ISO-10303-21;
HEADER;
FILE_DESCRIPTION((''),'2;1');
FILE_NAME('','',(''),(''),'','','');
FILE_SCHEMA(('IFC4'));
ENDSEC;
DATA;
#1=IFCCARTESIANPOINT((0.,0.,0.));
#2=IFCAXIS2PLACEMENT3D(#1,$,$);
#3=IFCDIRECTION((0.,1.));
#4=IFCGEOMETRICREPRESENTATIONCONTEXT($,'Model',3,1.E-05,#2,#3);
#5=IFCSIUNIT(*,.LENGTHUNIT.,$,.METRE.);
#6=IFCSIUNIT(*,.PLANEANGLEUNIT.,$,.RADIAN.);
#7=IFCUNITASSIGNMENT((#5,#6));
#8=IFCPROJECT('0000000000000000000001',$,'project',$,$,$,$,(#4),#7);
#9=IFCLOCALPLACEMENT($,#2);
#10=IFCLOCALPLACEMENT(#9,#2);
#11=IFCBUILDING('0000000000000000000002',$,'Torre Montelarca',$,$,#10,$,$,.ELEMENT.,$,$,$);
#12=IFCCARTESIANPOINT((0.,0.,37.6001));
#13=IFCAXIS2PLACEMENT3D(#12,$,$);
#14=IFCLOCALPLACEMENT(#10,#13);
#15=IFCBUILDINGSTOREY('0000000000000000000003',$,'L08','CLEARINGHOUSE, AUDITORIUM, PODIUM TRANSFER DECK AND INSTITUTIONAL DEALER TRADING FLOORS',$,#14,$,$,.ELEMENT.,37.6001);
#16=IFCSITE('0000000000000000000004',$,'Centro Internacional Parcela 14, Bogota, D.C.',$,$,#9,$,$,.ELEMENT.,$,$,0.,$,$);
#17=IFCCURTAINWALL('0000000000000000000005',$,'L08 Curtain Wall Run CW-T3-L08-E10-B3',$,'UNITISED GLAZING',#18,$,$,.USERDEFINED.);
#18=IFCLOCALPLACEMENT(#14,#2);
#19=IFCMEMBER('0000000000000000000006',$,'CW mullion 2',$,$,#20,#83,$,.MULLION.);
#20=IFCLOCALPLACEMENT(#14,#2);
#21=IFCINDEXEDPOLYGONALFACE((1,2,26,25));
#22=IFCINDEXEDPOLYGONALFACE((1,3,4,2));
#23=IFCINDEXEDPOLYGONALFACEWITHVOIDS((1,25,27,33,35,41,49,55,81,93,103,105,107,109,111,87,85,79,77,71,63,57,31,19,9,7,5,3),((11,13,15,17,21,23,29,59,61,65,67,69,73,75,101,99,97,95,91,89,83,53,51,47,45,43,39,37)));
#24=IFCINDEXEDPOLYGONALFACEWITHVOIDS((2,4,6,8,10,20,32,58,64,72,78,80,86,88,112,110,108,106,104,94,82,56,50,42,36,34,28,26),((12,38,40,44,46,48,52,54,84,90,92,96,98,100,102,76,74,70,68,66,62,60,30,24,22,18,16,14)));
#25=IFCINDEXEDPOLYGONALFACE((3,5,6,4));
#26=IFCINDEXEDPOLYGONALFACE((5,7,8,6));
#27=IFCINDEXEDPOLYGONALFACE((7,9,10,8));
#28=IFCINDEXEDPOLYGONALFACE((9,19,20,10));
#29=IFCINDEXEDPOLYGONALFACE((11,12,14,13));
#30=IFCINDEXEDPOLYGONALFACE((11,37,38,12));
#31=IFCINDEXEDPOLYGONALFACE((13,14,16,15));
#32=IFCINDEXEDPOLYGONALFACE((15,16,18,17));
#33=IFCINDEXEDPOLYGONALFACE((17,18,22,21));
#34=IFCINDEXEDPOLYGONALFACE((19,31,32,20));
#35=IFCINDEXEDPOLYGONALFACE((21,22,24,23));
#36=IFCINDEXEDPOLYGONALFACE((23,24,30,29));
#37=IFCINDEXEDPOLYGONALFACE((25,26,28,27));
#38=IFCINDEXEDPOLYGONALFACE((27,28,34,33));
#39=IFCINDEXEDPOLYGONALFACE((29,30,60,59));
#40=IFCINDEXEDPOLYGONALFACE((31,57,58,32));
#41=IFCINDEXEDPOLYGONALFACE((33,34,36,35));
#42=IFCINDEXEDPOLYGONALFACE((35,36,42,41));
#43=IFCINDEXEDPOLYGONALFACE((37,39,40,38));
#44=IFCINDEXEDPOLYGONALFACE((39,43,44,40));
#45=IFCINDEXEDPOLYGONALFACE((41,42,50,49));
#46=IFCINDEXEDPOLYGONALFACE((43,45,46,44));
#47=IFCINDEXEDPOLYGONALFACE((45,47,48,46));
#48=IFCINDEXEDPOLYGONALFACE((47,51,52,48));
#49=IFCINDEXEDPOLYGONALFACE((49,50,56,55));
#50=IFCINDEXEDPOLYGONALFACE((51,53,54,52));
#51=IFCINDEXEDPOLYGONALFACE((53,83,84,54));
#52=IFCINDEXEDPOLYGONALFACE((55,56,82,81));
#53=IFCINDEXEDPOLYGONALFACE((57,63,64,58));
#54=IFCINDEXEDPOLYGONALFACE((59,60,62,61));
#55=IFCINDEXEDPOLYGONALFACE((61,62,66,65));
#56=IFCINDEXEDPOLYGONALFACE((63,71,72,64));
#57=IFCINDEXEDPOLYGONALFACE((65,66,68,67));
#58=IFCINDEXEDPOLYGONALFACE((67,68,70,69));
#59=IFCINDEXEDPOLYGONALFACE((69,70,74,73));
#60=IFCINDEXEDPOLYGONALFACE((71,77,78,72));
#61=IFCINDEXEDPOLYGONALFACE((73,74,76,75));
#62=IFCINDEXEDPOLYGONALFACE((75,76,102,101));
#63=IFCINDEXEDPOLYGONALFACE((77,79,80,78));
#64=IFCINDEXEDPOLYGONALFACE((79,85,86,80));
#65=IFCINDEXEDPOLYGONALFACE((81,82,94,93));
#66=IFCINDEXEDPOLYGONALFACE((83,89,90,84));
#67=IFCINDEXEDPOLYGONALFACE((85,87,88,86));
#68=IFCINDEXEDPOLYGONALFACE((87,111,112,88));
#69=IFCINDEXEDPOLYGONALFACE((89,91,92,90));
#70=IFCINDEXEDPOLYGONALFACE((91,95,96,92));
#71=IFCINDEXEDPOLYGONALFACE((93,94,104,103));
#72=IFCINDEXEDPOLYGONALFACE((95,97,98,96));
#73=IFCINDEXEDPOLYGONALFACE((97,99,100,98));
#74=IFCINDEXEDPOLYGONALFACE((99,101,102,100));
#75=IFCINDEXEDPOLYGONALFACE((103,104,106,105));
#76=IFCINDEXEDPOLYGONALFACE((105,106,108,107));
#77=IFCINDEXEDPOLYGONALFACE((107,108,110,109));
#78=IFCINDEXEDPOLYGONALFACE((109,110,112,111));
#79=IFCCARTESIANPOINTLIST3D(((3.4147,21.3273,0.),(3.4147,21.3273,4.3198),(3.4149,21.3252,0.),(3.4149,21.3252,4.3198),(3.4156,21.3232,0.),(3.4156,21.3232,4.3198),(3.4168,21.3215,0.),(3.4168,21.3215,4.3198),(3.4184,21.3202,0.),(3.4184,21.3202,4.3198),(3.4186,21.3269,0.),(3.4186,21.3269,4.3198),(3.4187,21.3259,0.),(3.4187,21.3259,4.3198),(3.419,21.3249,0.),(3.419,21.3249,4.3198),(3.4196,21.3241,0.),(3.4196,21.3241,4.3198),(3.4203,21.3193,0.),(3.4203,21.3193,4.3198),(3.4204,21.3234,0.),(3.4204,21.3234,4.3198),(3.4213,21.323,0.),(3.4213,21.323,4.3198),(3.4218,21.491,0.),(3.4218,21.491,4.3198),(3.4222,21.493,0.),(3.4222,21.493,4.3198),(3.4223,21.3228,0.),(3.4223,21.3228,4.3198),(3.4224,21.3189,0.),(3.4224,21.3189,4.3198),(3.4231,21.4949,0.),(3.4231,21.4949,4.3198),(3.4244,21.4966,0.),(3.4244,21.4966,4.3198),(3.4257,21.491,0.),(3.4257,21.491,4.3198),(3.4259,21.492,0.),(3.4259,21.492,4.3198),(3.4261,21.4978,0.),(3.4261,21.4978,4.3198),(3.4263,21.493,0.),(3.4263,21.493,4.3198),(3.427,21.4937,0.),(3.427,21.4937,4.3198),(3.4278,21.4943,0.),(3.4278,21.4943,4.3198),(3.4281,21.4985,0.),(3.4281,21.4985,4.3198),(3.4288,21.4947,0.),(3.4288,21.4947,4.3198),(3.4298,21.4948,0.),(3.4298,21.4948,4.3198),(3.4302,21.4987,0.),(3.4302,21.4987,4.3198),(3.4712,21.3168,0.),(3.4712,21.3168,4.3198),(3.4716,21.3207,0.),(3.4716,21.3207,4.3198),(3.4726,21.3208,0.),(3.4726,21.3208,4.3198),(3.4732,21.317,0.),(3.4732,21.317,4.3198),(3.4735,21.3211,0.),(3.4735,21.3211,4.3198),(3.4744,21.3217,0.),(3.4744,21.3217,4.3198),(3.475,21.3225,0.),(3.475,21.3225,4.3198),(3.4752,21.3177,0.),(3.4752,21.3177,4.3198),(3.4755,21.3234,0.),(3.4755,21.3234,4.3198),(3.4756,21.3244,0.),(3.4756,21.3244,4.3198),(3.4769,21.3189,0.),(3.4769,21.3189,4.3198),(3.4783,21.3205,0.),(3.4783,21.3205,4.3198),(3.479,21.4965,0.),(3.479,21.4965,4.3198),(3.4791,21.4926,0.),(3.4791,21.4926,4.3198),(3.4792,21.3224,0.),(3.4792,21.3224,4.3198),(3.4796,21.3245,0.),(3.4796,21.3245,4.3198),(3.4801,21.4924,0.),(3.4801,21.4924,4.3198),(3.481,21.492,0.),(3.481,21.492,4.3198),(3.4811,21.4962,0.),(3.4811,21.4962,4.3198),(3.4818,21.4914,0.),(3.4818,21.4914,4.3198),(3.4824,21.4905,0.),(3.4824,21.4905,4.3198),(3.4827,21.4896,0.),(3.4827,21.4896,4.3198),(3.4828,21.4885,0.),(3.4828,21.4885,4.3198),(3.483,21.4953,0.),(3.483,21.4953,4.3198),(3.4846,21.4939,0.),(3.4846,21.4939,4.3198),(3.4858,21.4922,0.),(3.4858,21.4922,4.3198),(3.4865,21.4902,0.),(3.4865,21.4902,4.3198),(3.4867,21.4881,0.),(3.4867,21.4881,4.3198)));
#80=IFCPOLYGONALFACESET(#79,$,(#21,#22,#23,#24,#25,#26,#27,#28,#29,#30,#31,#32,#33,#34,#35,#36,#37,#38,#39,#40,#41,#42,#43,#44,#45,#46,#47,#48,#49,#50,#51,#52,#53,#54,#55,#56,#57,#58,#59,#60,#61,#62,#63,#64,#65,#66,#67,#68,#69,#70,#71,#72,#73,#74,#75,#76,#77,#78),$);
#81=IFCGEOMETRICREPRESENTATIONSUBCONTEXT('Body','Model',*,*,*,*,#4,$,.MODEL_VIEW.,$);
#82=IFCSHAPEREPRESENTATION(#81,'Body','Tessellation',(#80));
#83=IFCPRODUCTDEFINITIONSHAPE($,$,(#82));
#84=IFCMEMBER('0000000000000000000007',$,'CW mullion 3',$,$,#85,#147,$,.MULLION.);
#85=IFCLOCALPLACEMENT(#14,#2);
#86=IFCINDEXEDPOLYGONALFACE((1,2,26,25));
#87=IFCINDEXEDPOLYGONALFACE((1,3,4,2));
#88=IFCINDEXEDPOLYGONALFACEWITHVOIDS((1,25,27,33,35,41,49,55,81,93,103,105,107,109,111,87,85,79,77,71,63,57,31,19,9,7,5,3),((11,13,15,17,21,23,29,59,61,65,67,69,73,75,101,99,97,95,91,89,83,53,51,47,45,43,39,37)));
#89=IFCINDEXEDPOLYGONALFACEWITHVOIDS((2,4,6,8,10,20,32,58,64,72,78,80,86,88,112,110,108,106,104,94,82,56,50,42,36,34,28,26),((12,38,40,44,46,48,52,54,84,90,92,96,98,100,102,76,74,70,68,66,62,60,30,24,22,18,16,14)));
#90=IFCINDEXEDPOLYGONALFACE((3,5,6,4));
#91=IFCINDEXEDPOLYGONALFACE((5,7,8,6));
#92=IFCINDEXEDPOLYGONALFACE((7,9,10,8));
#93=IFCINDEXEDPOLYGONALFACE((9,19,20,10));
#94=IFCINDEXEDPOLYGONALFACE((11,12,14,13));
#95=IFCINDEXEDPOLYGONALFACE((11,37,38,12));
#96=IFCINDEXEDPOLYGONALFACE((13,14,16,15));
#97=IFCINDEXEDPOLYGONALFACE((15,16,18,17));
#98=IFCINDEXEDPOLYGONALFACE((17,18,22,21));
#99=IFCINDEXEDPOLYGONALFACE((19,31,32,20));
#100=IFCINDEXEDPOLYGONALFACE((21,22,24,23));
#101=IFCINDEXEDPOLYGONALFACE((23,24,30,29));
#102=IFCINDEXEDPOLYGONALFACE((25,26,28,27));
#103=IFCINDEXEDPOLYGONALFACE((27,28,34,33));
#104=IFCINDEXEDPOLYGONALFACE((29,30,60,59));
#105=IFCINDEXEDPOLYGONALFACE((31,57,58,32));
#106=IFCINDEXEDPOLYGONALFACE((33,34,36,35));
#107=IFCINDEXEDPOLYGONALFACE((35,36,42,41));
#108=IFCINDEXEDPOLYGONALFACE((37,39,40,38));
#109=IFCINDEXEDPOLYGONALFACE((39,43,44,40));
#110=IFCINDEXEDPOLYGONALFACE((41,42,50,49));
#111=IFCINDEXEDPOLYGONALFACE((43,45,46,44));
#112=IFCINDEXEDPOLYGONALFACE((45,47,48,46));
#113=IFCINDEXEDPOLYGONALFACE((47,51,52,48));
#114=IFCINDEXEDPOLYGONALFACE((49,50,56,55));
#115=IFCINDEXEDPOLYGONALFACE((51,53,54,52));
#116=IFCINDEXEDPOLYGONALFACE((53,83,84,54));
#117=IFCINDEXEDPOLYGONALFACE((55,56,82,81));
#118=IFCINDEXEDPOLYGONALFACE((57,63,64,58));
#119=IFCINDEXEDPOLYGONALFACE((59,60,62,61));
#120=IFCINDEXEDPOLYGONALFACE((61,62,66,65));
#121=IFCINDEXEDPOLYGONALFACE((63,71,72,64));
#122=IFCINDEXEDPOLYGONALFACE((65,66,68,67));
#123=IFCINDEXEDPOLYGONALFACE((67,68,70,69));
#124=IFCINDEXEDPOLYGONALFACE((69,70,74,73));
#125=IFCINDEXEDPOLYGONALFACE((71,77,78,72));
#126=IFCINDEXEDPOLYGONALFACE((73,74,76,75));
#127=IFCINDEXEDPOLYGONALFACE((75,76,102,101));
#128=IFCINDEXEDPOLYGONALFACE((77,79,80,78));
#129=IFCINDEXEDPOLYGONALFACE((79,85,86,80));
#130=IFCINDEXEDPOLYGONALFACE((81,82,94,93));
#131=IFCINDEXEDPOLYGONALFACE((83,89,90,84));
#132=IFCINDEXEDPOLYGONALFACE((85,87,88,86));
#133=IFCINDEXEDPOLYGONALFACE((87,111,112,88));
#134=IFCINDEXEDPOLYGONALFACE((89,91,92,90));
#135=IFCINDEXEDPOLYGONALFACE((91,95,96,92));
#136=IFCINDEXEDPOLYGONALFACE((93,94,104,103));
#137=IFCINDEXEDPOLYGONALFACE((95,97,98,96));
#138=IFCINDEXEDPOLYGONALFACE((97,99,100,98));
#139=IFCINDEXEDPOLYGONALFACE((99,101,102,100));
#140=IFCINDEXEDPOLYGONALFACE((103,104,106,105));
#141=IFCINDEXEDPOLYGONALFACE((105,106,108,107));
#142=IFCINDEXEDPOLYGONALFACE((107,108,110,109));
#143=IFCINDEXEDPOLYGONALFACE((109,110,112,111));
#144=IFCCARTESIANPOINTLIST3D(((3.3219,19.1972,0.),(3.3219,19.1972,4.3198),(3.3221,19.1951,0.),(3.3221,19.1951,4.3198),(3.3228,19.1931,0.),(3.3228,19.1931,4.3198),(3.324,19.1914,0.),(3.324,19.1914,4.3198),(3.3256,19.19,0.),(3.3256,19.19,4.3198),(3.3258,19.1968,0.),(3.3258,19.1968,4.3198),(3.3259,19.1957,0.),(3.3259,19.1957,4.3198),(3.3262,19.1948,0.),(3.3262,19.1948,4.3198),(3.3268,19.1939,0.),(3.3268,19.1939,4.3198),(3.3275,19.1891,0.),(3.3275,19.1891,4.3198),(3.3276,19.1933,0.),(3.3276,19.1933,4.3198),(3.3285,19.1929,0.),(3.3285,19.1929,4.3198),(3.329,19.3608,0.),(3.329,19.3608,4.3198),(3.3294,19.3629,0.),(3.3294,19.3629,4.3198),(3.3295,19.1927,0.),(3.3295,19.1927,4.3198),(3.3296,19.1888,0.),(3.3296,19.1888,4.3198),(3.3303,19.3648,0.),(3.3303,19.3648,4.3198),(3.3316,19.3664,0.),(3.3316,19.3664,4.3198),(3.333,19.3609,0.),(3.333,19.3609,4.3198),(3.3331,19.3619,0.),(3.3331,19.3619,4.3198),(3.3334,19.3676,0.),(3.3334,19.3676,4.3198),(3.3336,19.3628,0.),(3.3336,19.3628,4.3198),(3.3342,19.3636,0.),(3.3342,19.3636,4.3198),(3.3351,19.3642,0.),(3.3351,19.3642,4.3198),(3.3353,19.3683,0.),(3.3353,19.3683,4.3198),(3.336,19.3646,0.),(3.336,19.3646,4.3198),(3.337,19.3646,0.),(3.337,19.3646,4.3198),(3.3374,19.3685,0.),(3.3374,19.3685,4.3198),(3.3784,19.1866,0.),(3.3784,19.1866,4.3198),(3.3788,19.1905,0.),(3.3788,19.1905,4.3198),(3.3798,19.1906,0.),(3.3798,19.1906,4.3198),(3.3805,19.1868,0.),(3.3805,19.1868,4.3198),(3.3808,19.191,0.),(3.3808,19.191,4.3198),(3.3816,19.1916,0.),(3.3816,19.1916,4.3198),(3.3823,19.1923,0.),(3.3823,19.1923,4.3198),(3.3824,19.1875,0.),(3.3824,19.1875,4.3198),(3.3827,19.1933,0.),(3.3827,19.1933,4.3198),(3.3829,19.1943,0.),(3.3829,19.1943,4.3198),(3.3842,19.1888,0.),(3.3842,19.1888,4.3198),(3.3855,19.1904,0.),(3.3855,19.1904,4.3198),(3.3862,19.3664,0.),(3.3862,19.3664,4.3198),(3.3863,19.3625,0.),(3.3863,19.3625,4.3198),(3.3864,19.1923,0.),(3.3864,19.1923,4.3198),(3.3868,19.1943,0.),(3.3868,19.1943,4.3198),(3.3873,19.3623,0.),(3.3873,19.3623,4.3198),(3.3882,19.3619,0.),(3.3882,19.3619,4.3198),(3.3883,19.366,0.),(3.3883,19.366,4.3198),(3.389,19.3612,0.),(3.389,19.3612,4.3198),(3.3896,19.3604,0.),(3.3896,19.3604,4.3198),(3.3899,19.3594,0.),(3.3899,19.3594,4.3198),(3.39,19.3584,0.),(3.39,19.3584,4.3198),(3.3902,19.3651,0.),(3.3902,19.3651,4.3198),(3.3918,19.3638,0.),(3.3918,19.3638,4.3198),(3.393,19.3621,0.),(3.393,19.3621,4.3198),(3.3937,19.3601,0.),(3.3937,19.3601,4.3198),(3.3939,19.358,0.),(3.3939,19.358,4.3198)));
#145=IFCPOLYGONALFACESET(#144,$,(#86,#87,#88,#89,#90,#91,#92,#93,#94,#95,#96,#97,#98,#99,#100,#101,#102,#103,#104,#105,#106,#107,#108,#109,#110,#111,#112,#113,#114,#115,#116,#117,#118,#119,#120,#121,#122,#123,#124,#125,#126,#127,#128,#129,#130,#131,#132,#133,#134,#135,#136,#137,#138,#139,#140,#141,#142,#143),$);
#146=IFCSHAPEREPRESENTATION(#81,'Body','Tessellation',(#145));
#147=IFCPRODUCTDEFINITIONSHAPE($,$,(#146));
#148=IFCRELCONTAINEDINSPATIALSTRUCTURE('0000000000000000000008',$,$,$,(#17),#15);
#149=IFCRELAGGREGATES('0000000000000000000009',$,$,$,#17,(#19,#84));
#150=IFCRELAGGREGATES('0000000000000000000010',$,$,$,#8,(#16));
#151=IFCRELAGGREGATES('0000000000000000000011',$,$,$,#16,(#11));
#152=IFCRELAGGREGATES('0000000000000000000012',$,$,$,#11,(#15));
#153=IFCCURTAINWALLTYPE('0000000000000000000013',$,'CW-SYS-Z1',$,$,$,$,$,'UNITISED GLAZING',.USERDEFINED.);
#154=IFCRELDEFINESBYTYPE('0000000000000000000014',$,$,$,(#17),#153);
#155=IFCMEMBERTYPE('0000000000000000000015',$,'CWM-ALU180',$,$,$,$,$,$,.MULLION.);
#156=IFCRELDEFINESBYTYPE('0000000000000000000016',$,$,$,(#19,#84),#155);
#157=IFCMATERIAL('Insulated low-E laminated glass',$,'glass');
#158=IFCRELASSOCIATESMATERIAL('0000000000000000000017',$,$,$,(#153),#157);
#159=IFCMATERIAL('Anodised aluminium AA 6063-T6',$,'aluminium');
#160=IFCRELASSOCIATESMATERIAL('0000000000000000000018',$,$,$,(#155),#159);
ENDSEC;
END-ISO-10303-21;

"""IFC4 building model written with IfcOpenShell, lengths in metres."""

from ifc_helpers import new_model, si_unit, direction, frame, origin, origin_2d, place, context, subcontext, project, spatial, hollow_rectangle, extrude, source, transform, mapped, material, material_profile, profile_set, type_object, element, aggregate, save


model = new_model("IFC4")

# Units and contexts
model_context = context("Model", 3, precision=1e-05, world=origin(), true_north=direction((0.0, 1.0)))
body_context = subcontext(model_context, "Body", "Model", "MODEL_VIEW")
ifc_project = project(units=[si_unit("LENGTHUNIT", "METRE"), si_unit("PLANEANGLEUNIT", "RADIAN")], contexts=[model_context])

# Site, building, storey
site_placement = place(None, origin())
site = spatial("IfcSite", under=ifc_project, at=site_placement, Name="Centro Internacional Parcela 14, Bogota, D.C.", CompositionType="ELEMENT", RefElevation=0.0)
building_placement = place(site_placement, origin())
building = spatial("IfcBuilding", under=site, at=building_placement, Name="Torre Montelarca", CompositionType="ELEMENT")
storey_placement = place(building_placement, frame((0.0, 0.0, 37.6001)))
storey = spatial("IfcBuildingStorey", under=building, at=storey_placement, Name="L08", Description="CLEARINGHOUSE, AUDITORIUM, PODIUM TRANSFER DECK AND INSTITUTIONAL DEALER TRADING FLOORS", CompositionType="ELEMENT", Elevation=37.6001)

# Curtain wall
ifc_material_1 = material(Name="Insulated low-E laminated glass", Category="glass")
curtain_wall_type = type_object("IfcCurtainWallType", Name="CW-SYS-Z1", ElementType="UNITISED GLAZING", PredefinedType="USERDEFINED", material=ifc_material_1)
curtain_wall_1_placement = place(storey_placement, origin())
curtain_wall_1 = element("IfcCurtainWall", 1, at=curtain_wall_1_placement, inside=storey, type_object=curtain_wall_type, Name="L08 Curtain Wall Run CW-T3-L08-E10-B3", ObjectType="UNITISED GLAZING", PredefinedType="USERDEFINED")
ifc_material_2 = material(Name="Anodised aluminium AA 6063-T6", Category="aluminium")

# Shared definitions
ifc_material_profile_1 = material_profile(ifc_material_2, hollow_rectangle(XDim=0.0649, YDim=0.1799, WallThickness=0.0039, InnerFilletRadius=0.0039, OuterFilletRadius=0.0081, at=origin_2d()), Name="ALU65X180X4", Category="aluminium")
ifc_profile_set_1 = profile_set([ifc_material_profile_1], Name="Anodised aluminium AA 6063-T6")
member_type_1 = type_object("IfcMemberType", Name="CWM-ALU180", PredefinedType="MULLION", material=ifc_profile_set_1)
shared_shape_1 = source(origin(), body_context, "Body", "SweptSolid", [
    extrude(hollow_rectangle(XDim=0.0649, YDim=0.1799, WallThickness=0.0039, InnerFilletRadius=0.0039, OuterFilletRadius=0.0081, at=origin_2d()), origin(), (0.0, 0.0, 1.0), 4.3198),
])

# Members
member_1_placement = place(storey_placement, frame((3.4507, 21.4077, 0.0), z_axis=(0.0, 0.0, 1.0), x_axis=(0.999049, -0.043611, 0.0)))
member_1 = element("IfcMember", 2, at=member_1_placement, type_object=member_type_1, Name="CW mullion 2", PredefinedType="MULLION", context=body_context, shape_type="MappedRepresentation", body=[
    mapped(shared_shape_1, transform((0.0, 0.0, 0.0), scale=1.0)),
])
member_2_placement = place(storey_placement, frame((3.3579, 19.2776, 0.0), z_axis=(0.0, 0.0, 1.0), x_axis=(0.999049, -0.043611, 0.0)))
member_2 = element("IfcMember", 3, at=member_2_placement, type_object=member_type_1, Name="CW mullion 3", PredefinedType="MULLION", context=body_context, shape_type="MappedRepresentation", body=[
    mapped(shared_shape_1, transform((0.0, 0.0, 0.0), scale=1.0)),
])

aggregate(curtain_wall_1, [member_1, member_2])

save(model, "model.ifc")
